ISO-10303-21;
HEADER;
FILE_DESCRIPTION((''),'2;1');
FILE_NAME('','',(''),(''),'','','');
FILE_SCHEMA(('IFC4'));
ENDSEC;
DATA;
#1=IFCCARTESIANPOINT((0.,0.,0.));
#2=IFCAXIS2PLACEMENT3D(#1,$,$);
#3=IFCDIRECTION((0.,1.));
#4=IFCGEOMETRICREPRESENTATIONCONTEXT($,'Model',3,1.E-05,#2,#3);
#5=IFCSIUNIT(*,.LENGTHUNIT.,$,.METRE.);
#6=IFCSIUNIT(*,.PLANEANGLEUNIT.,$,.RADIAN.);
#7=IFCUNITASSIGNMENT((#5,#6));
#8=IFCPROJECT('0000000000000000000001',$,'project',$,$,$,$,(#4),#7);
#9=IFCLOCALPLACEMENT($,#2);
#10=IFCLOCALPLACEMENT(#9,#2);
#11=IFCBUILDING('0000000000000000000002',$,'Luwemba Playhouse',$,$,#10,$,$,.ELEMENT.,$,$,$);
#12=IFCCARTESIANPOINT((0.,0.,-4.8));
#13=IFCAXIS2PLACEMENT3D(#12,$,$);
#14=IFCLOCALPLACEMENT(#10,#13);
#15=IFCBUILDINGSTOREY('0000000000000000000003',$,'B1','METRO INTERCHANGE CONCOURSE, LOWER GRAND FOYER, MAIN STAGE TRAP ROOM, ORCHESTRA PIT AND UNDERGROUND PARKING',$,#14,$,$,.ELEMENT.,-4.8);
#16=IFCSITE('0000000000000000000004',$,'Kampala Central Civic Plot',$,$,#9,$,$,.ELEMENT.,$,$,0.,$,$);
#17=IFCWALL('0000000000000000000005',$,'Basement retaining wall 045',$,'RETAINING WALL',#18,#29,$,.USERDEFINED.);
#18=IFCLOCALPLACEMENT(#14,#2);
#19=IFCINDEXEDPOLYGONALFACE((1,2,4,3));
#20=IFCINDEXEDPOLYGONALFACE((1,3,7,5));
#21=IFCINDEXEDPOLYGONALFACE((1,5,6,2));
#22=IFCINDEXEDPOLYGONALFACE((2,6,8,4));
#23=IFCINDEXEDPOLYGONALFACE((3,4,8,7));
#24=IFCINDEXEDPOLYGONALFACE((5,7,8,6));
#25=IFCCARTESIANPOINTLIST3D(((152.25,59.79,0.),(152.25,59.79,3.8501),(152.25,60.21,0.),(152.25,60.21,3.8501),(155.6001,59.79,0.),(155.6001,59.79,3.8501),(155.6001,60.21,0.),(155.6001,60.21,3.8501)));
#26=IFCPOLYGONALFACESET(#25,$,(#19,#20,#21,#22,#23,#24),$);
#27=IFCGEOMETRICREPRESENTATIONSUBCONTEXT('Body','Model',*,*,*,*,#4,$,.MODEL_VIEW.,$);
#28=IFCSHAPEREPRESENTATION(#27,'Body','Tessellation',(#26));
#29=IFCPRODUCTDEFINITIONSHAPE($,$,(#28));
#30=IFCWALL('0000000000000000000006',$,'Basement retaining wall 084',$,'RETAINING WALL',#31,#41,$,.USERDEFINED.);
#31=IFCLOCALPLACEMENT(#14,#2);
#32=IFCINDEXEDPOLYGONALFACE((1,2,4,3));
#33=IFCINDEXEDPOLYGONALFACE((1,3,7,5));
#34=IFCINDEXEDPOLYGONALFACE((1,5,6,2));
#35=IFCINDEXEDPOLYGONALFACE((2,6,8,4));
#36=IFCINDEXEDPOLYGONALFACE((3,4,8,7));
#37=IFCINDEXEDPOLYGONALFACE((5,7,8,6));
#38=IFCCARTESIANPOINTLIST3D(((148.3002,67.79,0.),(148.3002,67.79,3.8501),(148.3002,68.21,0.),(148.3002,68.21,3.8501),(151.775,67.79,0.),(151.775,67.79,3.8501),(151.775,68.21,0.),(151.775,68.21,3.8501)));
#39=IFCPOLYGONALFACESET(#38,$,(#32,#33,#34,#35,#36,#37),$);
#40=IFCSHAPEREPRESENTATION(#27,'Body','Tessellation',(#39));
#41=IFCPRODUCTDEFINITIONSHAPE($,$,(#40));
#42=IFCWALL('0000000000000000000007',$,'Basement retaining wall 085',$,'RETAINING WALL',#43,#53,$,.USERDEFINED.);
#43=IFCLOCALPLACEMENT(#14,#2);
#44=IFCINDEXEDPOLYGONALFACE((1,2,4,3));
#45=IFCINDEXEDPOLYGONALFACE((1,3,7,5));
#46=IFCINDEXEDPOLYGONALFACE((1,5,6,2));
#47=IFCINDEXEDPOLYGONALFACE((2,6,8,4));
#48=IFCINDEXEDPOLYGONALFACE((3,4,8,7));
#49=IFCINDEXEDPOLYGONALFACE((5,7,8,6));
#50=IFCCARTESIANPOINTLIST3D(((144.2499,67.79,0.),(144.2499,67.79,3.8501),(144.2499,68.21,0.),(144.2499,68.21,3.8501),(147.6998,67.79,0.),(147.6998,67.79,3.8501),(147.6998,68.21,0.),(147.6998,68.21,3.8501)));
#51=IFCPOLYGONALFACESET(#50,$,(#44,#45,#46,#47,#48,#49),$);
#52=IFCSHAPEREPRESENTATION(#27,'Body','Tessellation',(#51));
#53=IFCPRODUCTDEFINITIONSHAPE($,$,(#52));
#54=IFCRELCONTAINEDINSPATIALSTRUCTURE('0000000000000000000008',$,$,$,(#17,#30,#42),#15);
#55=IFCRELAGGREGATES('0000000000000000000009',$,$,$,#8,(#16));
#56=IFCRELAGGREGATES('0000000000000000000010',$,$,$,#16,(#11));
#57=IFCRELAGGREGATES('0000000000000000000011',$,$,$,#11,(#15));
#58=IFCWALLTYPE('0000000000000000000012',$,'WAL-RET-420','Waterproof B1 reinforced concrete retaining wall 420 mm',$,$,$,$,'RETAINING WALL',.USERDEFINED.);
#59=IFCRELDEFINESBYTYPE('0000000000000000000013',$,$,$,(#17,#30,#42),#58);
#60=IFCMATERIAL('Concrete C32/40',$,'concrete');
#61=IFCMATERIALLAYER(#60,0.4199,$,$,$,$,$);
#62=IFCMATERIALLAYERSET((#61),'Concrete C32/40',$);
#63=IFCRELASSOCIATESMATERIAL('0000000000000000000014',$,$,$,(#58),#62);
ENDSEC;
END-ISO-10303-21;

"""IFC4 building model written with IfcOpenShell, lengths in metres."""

from ifc_helpers import new_model, si_unit, direction, frame, frame_2d, origin, place, context, subcontext, project, spatial, rectangle, extrude, material, layer, layer_set, type_object, element, save


model = new_model("IFC4")

# Units and contexts
model_context = context("Model", 3, precision=1e-05, world=origin(), true_north=direction((0.0, 1.0)))
body_context = subcontext(model_context, "Body", "Model", "MODEL_VIEW")
ifc_project = project(units=[si_unit("LENGTHUNIT", "METRE"), si_unit("PLANEANGLEUNIT", "RADIAN")], contexts=[model_context])

# Site, building, storey
site_placement = place(None, origin())
site = spatial("IfcSite", under=ifc_project, at=site_placement, Name="Kampala Central Civic Plot", CompositionType="ELEMENT", RefElevation=0.0)
building_placement = place(site_placement, origin())
building = spatial("IfcBuilding", under=site, at=building_placement, Name="Luwemba Playhouse", CompositionType="ELEMENT")
storey_placement = place(building_placement, frame((0.0, 0.0, -4.8)))
storey = spatial("IfcBuildingStorey", under=building, at=storey_placement, Name="B1", Description="METRO INTERCHANGE CONCOURSE, LOWER GRAND FOYER, MAIN STAGE TRAP ROOM, ORCHESTRA PIT AND UNDERGROUND PARKING", CompositionType="ELEMENT", Elevation=-4.8)

# Shared definitions
ifc_material_1 = material(Name="Concrete C32/40", Category="concrete")

# Walls
ifc_layer = layer(ifc_material_1, 0.4199)
ifc_layer_set = layer_set([ifc_layer], Name="Concrete C32/40")
wall_type = type_object("IfcWallType", Name="WAL-RET-420", Description="Waterproof B1 reinforced concrete retaining wall 420 mm", ElementType="RETAINING WALL", PredefinedType="USERDEFINED", material=ifc_layer_set)
wall_1_placement = place(storey_placement, frame((152.25, 60.0, 0.0), z_axis=(0.0, 0.0, 1.0), x_axis=(1.0, 0.0, 0.0)))
element("IfcWall", 1, at=wall_1_placement, inside=storey, type_object=wall_type, Name="Basement retaining wall 045", ObjectType="RETAINING WALL", PredefinedType="USERDEFINED", context=body_context, shape_type="SweptSolid", body=[
    extrude(rectangle(XDim=3.3501, YDim=0.4199, at=frame_2d((1.675, 0.0))), origin(), (0.0, 0.0, 1.0), 3.8501),
])
wall_2_placement = place(storey_placement, frame((151.7749, 68.0, 0.0), z_axis=(0.0, 0.0, 1.0), x_axis=(-1.0, 0.0, 0.0)))
element("IfcWall", 2, at=wall_2_placement, inside=storey, type_object=wall_type, Name="Basement retaining wall 084", ObjectType="RETAINING WALL", PredefinedType="USERDEFINED", context=body_context, shape_type="SweptSolid", body=[
    extrude(rectangle(XDim=3.4749, YDim=0.4199, at=frame_2d((1.7373, 0.0))), origin(), (0.0, 0.0, 1.0), 3.8501),
])
wall_3_placement = place(storey_placement, frame((147.7, 68.0, 0.0), z_axis=(0.0, 0.0, 1.0), x_axis=(-1.0, 0.0, 0.0)))
element("IfcWall", 3, at=wall_3_placement, inside=storey, type_object=wall_type, Name="Basement retaining wall 085", ObjectType="RETAINING WALL", PredefinedType="USERDEFINED", context=body_context, shape_type="SweptSolid", body=[
    extrude(rectangle(XDim=3.45, YDim=0.4199, at=frame_2d((1.7251, 0.0))), origin(), (0.0, 0.0, 1.0), 3.8501),
])

save(model, "model.ifc")
